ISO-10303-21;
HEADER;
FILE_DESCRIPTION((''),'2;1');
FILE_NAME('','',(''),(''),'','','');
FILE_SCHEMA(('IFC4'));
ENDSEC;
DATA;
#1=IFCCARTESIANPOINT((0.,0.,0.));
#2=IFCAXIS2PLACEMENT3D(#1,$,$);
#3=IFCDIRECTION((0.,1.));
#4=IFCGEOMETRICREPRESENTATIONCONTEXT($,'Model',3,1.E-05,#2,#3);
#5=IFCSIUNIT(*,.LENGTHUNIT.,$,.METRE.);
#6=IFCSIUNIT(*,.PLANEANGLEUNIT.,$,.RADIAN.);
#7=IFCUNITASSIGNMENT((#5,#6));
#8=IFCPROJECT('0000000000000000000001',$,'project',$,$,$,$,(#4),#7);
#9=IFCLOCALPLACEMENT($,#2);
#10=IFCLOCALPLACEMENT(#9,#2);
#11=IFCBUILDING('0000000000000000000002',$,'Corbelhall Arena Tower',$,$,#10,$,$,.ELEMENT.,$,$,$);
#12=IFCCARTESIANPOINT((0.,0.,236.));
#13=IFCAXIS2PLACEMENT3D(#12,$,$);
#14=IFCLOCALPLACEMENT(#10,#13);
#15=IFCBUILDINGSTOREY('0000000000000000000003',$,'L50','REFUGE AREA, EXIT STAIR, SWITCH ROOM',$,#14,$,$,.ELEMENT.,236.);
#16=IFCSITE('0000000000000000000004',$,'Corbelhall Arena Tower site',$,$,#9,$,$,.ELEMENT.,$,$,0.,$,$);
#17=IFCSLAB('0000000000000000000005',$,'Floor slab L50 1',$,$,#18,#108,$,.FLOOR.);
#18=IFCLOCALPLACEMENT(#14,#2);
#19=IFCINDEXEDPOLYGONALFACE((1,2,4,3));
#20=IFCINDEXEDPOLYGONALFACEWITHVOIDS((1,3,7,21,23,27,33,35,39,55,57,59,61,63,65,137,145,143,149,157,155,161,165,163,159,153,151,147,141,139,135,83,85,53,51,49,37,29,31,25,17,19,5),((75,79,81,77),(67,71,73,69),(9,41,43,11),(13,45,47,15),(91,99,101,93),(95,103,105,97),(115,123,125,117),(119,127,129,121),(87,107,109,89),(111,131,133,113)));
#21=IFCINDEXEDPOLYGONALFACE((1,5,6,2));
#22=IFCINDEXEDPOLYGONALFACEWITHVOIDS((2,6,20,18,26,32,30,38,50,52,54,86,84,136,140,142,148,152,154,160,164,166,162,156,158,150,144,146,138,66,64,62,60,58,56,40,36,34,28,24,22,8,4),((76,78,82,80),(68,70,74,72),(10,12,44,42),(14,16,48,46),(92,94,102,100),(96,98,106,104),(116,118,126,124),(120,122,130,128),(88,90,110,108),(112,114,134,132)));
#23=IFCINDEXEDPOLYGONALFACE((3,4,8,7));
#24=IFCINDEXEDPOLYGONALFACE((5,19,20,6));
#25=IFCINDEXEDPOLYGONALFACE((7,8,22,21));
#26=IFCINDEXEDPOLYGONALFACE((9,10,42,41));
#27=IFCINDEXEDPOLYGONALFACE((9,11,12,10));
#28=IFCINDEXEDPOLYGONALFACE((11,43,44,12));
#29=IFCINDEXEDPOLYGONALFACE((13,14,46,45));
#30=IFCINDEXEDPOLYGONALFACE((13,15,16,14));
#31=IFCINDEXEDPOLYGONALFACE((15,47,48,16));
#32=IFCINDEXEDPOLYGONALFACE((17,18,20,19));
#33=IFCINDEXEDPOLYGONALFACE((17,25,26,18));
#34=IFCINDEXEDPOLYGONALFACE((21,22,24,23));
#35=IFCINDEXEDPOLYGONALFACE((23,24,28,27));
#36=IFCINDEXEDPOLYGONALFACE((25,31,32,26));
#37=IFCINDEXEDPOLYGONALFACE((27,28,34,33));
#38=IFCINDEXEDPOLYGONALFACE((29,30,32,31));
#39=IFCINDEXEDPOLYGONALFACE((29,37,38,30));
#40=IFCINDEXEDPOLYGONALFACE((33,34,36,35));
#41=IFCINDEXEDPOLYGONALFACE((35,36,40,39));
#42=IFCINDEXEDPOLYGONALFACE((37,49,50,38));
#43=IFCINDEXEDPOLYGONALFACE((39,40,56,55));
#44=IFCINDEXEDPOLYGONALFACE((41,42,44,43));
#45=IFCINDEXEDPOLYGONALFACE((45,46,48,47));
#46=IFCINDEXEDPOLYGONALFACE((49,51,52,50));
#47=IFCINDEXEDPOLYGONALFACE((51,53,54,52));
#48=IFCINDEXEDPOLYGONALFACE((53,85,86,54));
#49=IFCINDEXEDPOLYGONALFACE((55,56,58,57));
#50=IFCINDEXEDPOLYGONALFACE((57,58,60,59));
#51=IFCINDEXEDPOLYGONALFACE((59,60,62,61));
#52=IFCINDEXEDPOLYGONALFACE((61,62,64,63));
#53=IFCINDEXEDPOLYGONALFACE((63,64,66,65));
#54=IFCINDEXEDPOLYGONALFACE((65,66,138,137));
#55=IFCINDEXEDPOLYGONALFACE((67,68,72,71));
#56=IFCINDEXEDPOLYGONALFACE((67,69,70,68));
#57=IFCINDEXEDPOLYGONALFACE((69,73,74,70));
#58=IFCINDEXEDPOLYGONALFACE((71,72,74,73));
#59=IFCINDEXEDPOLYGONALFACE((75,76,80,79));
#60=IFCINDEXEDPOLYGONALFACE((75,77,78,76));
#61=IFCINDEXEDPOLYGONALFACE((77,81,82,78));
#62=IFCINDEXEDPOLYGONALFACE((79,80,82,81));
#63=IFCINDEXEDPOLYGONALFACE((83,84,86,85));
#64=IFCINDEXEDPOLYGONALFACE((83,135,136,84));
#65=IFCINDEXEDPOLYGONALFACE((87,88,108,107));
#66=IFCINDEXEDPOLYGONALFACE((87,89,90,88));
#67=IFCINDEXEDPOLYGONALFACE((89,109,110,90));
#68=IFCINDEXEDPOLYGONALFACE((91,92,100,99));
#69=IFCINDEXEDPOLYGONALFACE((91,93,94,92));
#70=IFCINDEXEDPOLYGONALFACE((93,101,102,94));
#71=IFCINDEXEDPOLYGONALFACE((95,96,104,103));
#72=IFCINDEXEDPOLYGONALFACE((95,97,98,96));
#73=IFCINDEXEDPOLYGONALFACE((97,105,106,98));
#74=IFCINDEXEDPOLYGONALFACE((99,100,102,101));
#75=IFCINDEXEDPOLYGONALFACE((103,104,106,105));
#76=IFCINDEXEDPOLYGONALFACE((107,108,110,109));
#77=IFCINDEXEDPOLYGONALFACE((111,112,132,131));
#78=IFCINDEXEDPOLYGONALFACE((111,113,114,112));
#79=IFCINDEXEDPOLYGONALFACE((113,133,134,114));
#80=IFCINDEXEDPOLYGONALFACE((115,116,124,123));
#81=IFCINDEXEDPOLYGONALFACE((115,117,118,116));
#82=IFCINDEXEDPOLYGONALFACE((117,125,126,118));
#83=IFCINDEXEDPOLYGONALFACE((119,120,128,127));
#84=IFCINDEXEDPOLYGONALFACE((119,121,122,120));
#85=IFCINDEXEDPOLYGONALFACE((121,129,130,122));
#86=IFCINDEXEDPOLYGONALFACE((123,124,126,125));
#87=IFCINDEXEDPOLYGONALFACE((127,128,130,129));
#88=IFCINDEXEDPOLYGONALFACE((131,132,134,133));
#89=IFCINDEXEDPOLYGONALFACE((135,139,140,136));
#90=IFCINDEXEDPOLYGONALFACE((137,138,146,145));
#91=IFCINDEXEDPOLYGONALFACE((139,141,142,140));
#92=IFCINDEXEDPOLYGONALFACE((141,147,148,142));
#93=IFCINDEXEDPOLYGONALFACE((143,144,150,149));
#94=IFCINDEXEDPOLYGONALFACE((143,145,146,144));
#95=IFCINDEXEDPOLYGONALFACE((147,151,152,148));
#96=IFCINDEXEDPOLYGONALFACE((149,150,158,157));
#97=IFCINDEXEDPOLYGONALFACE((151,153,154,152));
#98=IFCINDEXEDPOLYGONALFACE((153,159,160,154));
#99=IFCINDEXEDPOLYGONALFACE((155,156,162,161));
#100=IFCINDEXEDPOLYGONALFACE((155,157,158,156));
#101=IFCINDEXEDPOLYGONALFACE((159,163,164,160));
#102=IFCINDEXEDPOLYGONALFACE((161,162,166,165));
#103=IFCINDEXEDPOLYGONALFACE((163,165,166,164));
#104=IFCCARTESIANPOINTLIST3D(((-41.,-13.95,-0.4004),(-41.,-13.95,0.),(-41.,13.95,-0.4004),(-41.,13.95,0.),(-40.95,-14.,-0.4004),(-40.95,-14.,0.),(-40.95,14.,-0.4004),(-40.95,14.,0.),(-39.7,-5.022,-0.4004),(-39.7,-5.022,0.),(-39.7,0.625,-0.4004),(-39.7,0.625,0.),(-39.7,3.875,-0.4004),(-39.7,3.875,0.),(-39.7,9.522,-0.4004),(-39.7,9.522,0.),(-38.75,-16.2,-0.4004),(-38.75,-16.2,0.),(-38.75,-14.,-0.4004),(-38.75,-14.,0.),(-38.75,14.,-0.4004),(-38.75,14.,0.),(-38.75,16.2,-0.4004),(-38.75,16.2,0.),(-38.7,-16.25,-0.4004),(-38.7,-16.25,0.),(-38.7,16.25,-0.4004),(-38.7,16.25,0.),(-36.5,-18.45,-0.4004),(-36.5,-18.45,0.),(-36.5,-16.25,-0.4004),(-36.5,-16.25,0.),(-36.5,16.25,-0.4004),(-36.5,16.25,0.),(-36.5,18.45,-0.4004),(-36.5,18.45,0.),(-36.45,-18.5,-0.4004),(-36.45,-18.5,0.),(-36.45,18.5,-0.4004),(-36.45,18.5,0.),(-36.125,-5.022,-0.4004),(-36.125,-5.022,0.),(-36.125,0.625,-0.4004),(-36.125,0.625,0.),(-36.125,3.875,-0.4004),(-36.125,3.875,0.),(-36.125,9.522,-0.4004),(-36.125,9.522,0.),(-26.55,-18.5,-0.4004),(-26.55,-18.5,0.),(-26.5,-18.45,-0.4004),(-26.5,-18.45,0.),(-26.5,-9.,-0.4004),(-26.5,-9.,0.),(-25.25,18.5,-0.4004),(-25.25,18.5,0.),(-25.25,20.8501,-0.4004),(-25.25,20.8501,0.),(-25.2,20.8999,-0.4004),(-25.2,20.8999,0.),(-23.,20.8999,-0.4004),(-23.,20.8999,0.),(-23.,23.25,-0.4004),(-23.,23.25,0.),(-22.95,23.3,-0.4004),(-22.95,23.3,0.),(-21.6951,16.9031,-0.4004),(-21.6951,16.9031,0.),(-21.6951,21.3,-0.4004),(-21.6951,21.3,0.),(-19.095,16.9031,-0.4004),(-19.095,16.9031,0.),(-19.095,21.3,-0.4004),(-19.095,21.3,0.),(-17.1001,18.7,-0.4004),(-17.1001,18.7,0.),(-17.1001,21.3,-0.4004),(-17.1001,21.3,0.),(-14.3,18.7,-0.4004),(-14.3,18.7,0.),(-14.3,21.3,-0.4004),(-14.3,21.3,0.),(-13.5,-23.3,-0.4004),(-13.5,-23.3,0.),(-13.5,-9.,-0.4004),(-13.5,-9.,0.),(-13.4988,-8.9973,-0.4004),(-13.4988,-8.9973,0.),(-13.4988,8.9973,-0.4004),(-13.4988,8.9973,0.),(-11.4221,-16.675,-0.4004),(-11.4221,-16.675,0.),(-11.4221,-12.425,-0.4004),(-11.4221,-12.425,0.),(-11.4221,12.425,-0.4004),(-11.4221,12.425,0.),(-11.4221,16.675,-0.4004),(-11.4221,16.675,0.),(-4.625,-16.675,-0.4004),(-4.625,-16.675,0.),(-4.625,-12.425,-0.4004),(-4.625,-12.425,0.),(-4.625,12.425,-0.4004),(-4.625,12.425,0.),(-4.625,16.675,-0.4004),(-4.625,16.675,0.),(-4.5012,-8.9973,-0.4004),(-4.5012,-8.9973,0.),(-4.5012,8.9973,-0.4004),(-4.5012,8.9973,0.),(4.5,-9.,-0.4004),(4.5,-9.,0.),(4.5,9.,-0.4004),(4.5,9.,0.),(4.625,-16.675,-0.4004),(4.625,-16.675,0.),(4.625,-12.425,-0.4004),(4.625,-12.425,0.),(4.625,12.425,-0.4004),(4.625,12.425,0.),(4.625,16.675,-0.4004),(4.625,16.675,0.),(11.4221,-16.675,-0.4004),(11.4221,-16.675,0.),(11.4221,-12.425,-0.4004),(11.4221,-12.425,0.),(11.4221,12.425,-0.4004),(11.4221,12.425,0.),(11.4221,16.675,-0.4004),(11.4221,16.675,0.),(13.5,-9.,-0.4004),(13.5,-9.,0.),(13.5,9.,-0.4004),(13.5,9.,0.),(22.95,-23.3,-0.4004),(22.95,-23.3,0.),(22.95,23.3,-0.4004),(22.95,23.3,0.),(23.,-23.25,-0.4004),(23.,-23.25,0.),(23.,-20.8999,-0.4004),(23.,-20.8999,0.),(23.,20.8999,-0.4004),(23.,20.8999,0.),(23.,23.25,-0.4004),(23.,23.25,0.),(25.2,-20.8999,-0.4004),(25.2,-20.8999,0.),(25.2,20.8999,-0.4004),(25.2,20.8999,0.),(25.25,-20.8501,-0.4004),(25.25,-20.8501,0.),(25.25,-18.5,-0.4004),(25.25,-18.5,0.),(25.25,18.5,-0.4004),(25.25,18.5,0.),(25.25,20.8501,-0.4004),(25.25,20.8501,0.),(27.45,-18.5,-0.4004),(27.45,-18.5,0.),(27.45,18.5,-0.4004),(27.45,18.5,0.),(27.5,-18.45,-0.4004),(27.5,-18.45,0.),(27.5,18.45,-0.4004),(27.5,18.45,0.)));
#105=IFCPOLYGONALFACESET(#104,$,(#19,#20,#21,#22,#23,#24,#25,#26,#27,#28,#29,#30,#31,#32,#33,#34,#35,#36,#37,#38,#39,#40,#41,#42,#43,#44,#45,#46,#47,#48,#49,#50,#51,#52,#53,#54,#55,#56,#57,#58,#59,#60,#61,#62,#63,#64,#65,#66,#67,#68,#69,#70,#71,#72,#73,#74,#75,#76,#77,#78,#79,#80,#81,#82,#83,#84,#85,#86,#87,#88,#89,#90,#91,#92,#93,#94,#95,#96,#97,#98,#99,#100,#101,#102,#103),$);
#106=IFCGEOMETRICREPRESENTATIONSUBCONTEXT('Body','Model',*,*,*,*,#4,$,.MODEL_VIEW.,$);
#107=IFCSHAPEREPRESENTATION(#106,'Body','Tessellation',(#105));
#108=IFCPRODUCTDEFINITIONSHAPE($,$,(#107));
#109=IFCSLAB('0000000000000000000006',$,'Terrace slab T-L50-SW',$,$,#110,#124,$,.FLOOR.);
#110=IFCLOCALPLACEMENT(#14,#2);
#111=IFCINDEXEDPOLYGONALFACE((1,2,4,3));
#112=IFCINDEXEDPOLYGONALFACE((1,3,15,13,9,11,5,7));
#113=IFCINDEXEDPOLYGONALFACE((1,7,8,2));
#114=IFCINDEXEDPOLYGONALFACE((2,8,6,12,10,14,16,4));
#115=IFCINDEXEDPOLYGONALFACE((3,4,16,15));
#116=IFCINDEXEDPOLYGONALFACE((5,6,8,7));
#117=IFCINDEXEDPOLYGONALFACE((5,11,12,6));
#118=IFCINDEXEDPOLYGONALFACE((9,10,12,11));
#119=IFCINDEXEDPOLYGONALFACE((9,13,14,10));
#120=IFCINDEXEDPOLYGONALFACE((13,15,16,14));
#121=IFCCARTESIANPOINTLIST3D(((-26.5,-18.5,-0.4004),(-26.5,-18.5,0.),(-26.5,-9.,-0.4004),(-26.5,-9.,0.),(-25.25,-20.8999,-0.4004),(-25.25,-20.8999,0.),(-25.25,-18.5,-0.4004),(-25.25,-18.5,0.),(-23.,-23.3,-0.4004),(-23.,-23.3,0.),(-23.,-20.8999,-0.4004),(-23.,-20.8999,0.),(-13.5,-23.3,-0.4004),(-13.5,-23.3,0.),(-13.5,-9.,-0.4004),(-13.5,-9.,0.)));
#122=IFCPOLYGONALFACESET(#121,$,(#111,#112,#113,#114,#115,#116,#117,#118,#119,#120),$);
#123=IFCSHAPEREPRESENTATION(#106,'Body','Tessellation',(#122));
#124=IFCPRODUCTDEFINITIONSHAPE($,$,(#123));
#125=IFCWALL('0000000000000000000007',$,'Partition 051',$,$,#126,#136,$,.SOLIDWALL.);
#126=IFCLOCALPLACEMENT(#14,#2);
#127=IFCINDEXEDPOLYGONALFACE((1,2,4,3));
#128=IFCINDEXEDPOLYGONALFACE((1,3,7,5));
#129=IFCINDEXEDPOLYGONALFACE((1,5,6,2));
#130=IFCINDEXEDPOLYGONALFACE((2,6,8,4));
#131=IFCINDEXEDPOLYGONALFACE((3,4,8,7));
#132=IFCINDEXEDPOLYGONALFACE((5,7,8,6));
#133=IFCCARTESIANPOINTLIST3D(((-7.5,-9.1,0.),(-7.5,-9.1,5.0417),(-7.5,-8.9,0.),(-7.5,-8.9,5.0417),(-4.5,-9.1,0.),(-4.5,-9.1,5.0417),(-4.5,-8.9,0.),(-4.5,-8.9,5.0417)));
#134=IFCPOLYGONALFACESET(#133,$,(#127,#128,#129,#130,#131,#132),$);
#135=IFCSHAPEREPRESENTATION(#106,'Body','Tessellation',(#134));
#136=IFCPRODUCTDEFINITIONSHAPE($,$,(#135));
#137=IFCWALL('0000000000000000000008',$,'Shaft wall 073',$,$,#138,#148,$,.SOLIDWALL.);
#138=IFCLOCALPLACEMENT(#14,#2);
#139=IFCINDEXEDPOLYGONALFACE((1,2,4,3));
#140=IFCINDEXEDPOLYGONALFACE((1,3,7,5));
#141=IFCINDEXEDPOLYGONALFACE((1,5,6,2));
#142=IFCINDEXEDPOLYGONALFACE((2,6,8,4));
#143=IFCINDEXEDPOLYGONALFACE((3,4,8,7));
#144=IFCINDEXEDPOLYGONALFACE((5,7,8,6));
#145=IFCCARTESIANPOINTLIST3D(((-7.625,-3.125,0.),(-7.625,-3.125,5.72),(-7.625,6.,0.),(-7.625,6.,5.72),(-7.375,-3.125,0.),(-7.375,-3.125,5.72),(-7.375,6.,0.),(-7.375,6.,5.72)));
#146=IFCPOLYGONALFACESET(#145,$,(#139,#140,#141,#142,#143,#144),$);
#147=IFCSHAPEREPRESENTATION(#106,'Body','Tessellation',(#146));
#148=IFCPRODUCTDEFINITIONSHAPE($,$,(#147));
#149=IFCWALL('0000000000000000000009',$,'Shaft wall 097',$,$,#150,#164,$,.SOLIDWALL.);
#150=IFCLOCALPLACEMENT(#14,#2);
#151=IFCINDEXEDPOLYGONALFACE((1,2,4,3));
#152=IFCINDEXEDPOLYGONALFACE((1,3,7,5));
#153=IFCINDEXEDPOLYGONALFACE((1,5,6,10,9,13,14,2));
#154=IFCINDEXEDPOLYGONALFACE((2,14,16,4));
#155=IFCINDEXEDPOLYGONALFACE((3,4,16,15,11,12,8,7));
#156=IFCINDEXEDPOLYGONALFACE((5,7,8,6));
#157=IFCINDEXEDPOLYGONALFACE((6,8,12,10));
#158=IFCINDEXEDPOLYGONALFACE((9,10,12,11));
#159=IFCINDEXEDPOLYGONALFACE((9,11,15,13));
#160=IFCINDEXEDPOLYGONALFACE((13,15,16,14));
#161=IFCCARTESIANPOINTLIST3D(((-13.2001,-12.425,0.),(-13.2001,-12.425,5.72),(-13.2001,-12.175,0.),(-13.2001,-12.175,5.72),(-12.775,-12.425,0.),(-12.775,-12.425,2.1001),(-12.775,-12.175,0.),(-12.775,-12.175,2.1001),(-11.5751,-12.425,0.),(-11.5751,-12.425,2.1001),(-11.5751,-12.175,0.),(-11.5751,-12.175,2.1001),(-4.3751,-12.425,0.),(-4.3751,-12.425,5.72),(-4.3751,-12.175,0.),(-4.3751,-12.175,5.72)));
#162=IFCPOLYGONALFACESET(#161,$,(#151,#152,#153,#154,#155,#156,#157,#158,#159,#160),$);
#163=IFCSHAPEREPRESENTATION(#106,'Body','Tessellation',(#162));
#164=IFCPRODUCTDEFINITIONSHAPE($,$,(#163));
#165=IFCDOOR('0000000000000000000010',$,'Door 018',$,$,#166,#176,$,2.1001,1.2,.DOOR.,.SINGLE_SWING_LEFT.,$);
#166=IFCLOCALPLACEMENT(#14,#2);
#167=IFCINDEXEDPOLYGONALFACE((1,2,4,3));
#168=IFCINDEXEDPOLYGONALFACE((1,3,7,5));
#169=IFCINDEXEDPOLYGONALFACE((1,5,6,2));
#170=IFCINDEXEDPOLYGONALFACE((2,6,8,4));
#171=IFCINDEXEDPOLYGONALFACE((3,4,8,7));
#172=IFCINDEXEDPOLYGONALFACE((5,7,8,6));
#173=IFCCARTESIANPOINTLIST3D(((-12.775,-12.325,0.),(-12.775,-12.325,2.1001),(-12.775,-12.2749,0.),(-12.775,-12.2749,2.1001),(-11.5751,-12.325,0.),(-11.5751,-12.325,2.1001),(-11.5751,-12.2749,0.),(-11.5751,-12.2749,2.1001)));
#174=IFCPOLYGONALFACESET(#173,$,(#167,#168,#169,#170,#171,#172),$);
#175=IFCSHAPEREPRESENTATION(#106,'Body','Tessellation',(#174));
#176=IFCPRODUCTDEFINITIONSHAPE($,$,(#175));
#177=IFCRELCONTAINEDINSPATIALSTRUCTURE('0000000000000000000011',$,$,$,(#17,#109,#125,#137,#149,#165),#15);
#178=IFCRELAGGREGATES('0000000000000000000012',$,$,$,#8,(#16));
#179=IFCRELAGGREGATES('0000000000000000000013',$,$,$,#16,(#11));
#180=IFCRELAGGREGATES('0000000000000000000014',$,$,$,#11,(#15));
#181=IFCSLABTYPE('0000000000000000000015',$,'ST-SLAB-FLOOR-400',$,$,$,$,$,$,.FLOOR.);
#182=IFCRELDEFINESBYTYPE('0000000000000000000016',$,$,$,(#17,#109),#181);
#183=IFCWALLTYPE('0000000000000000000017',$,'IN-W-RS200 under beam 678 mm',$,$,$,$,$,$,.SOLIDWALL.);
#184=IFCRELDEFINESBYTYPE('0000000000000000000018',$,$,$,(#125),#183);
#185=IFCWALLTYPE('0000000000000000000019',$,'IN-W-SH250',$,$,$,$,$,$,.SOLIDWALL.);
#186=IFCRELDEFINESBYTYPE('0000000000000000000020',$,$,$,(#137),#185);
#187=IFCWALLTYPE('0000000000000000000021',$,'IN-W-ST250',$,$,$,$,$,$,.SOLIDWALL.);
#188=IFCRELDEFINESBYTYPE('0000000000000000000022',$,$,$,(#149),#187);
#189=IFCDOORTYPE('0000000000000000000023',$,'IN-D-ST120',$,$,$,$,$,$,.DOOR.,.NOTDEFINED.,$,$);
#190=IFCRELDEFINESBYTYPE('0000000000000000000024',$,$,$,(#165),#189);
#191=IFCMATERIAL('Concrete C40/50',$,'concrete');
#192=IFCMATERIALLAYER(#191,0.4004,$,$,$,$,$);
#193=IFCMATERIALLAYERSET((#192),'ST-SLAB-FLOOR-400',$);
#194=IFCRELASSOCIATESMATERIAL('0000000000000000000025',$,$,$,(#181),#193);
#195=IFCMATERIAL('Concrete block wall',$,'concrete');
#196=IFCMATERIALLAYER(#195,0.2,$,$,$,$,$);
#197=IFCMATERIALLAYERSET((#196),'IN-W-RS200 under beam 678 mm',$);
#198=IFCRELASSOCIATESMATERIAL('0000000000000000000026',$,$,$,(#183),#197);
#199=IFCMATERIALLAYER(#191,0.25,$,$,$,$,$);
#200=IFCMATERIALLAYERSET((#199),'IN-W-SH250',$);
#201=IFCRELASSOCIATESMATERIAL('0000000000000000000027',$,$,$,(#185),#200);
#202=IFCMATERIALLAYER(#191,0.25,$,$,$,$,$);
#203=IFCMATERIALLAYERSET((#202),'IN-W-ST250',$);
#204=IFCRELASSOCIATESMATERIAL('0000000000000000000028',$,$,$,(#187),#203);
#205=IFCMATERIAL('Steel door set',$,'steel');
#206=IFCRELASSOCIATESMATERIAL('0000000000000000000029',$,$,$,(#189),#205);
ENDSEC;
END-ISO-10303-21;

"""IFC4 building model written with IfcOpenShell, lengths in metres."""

from ifc_helpers import new_model, si_unit, direction, frame, frame_2d, origin, place, context, subcontext, project, spatial, polyline, rectangle, outline, extrude, material, layer, layer_set, type_object, element, fill, save


model = new_model("IFC4")

# Units and contexts
model_context = context("Model", 3, precision=1e-05, world=origin(), true_north=direction((0.0, 1.0)))
body_context = subcontext(model_context, "Body", "Model", "MODEL_VIEW")
ifc_project = project(units=[si_unit("LENGTHUNIT", "METRE"), si_unit("PLANEANGLEUNIT", "RADIAN")], contexts=[model_context])

# Site, building, storey
site_placement = place(None, origin())
site = spatial("IfcSite", under=ifc_project, at=site_placement, Name="Corbelhall Arena Tower site", CompositionType="ELEMENT", RefElevation=0.0)
building_placement = place(site_placement, origin())
building = spatial("IfcBuilding", under=site, at=building_placement, Name="Corbelhall Arena Tower", CompositionType="ELEMENT")
storey_placement = place(building_placement, frame((0.0, 0.0, 236.0)))
storey = spatial("IfcBuildingStorey", under=building, at=storey_placement, Name="L50", Description="REFUGE AREA, EXIT STAIR, SWITCH ROOM", CompositionType="ELEMENT", Elevation=236.0)

# Shared definitions
ifc_material_1 = material(Name="Concrete C40/50", Category="concrete")

# Slabs
ifc_layer_1 = layer(ifc_material_1, 0.4004)
ifc_layer_set_1 = layer_set([ifc_layer_1], Name="ST-SLAB-FLOOR-400")
slab_type_1 = type_object("IfcSlabType", Name="ST-SLAB-FLOOR-400", PredefinedType="FLOOR", material=ifc_layer_set_1)
slab_1_placement = place(storey_placement, frame((0.0, 0.0, -0.4004)))
element("IfcSlab", 1, at=slab_1_placement, inside=storey, type_object=slab_type_1, Name="Floor slab L50 1", PredefinedType="FLOOR", context=body_context, shape_type="SweptSolid", body=[
    extrude(outline(polyline([(27.5, 18.45), (27.45, 18.5), (25.25, 18.5), (25.25, 20.8501), (25.2, 20.8999), (23.0, 20.8999), (23.0, 23.25), (22.95, 23.3), (-22.95, 23.3), (-23.0, 23.25), (-23.0, 20.8999), (-25.2, 20.8999), (-25.25, 20.8501), (-25.25, 18.5), (-36.45, 18.5), (-36.5, 18.45), (-36.5, 16.25), (-38.7, 16.25), (-38.75, 16.2), (-38.75, 14.0), (-40.95, 14.0), (-41.0, 13.95), (-41.0, -13.95), (-40.95, -14.0), (-38.75, -14.0), (-38.75, -16.2), (-38.7, -16.25), (-36.5, -16.25), (-36.5, -18.45), (-36.45, -18.5), (-26.55, -18.5), (-26.5, -18.45), (-26.5, -9.0), (-13.5, -9.0), (-13.5, -23.3), (22.95, -23.3), (23.0, -23.25), (23.0, -20.8999), (25.2, -20.8999), (25.25, -20.8501), (25.25, -18.5), (27.45, -18.5), (27.5, -18.45), (27.5, 18.45)]), holes=[polyline([(-4.5012, -8.9973), (-4.5012, 8.9973), (-13.4988, 8.9973), (-13.4988, -8.9973), (-4.5012, -8.9973)]), polyline([(13.5, -9.0), (13.5, 9.0), (4.5, 9.0), (4.5, -9.0), (13.5, -9.0)]), polyline([(-11.4221, 12.425), (-4.625, 12.425), (-4.625, 16.675), (-11.4221, 16.675), (-11.4221, 12.425)]), polyline([(-11.4221, -12.425), (-11.4221, -16.675), (-4.625, -16.675), (-4.625, -12.425), (-11.4221, -12.425)]), polyline([(4.625, 12.425), (11.4221, 12.425), (11.4221, 16.675), (4.625, 16.675), (4.625, 12.425)]), polyline([(4.625, -12.425), (4.625, -16.675), (11.4221, -16.675), (11.4221, -12.425), (4.625, -12.425)]), polyline([(-39.7, 9.522), (-39.7, 3.875), (-36.125, 3.875), (-36.125, 9.522), (-39.7, 9.522)]), polyline([(-39.7, -5.022), (-36.125, -5.022), (-36.125, 0.625), (-39.7, 0.625), (-39.7, -5.022)]), polyline([(-21.6951, 21.3), (-21.6951, 16.9031), (-19.095, 16.9031), (-19.095, 21.3), (-21.6951, 21.3)]), polyline([(-14.3, 21.3), (-17.1001, 21.3), (-17.1001, 18.7), (-14.3, 18.7), (-14.3, 21.3)])]), origin(), (0.0, 0.0, 1.0), 0.4004),
])
slab_2_placement = place(storey_placement, frame((0.0, 0.0, -0.4004)))
element("IfcSlab", 2, at=slab_2_placement, inside=storey, type_object=slab_type_1, Name="Terrace slab T-L50-SW", PredefinedType="FLOOR", context=body_context, shape_type="SweptSolid", body=[
    extrude(outline(polyline([(-13.5, -23.3), (-13.5, -9.0), (-26.5, -9.0), (-26.5, -18.5), (-25.25, -18.5), (-25.25, -20.8999), (-23.0, -20.8999), (-23.0, -23.3), (-13.5, -23.3)])), origin(), (0.0, 0.0, 1.0), 0.4004),
])

# Wall
ifc_material_2 = material(Name="Concrete block wall", Category="concrete")
ifc_layer_2 = layer(ifc_material_2, 0.2)
ifc_layer_set_2 = layer_set([ifc_layer_2], Name="IN-W-RS200 under beam 678 mm")
wall_type_1 = type_object("IfcWallType", Name="IN-W-RS200 under beam 678 mm", PredefinedType="SOLIDWALL", material=ifc_layer_set_2)
wall_1_placement = place(storey_placement, frame((-4.5, -9.0, 0.0), z_axis=(0.0, 0.0, 1.0), x_axis=(-1.0, 0.0, 0.0)))
element("IfcWall", 3, at=wall_1_placement, inside=storey, type_object=wall_type_1, Name="Partition 051", PredefinedType="SOLIDWALL", context=body_context, shape_type="SweptSolid", body=[
    extrude(rectangle(XDim=3.0, YDim=0.2, at=frame_2d((1.5, 0.0))), origin(), (0.0, 0.0, 1.0), 5.0417),
])

# Shared definitions
ifc_material_3 = material(Name="Steel door set", Category="steel")

# Wall
ifc_layer_3 = layer(ifc_material_1, 0.25)
ifc_layer_set_3 = layer_set([ifc_layer_3], Name="IN-W-SH250")
wall_type_2 = type_object("IfcWallType", Name="IN-W-SH250", PredefinedType="SOLIDWALL", material=ifc_layer_set_3)
wall_2_placement = place(storey_placement, frame((-7.5, -3.125, 0.0), z_axis=(0.0, 0.0, 1.0), x_axis=(0.0, 1.0, 0.0)))
element("IfcWall", 4, at=wall_2_placement, inside=storey, type_object=wall_type_2, Name="Shaft wall 073", PredefinedType="SOLIDWALL", context=body_context, shape_type="SweptSolid", body=[
    extrude(rectangle(XDim=9.125, YDim=0.25, at=frame_2d((4.5625, 0.0))), origin(), (0.0, 0.0, 1.0), 5.72),
])

# Wall, opening, door
ifc_layer_4 = layer(ifc_material_1, 0.25)
ifc_layer_set_4 = layer_set([ifc_layer_4], Name="IN-W-ST250")
wall_type_3 = type_object("IfcWallType", Name="IN-W-ST250", PredefinedType="SOLIDWALL", material=ifc_layer_set_4)
wall_3_placement = place(storey_placement, frame((-4.375, -12.3, 0.0), z_axis=(0.0, 0.0, 1.0), x_axis=(-1.0, 0.0, 0.0)))
wall_3 = element("IfcWall", 5, at=wall_3_placement, inside=storey, type_object=wall_type_3, Name="Shaft wall 097", PredefinedType="SOLIDWALL", context=body_context, shape_type="SweptSolid", body=[
    extrude(rectangle(XDim=8.825, YDim=0.25, at=frame_2d((4.4126, 0.0))), origin(), (0.0, 0.0, 1.0), 5.72),
])
opening_1_placement = place(wall_3_placement, frame((7.2, 0.0, 0.0)))
opening_1 = element("IfcOpeningElement", 6, at=opening_1_placement, cuts=wall_3, PredefinedType="OPENING", context=body_context, shape_type="SweptSolid", body=[
    extrude(rectangle(XDim=1.2, YDim=2.1001, at=frame_2d((0.6001, 1.05))), frame((0.0, 0.125, 0.0), z_axis=(0.0, -1.0, 0.0), x_axis=(1.0, 0.0, 0.0)), (0.0, 0.0, 1.0), 0.25),
])
door_type_1 = type_object("IfcDoorType", Name="IN-D-ST120", OperationType="NOTDEFINED", PredefinedType="DOOR", material=ifc_material_3)
door_1_placement = place(opening_1_placement, origin())
door_1 = element("IfcDoor", 7, at=door_1_placement, inside=storey, type_object=door_type_1, Name="Door 018", OperationType="SINGLE_SWING_LEFT", OverallHeight=2.1001, OverallWidth=1.2, PredefinedType="DOOR", context=body_context, shape_type="SweptSolid", body=[
    extrude(rectangle(XDim=1.2, YDim=2.1001, at=frame_2d((0.6001, 1.05))), frame((0.0, 0.0249, 0.0), z_axis=(0.0, -1.0, 0.0), x_axis=(1.0, 0.0, 0.0)), (0.0, 0.0, 1.0), 0.05),
])
fill(opening_1, door_1)

save(model, "model.ifc")
